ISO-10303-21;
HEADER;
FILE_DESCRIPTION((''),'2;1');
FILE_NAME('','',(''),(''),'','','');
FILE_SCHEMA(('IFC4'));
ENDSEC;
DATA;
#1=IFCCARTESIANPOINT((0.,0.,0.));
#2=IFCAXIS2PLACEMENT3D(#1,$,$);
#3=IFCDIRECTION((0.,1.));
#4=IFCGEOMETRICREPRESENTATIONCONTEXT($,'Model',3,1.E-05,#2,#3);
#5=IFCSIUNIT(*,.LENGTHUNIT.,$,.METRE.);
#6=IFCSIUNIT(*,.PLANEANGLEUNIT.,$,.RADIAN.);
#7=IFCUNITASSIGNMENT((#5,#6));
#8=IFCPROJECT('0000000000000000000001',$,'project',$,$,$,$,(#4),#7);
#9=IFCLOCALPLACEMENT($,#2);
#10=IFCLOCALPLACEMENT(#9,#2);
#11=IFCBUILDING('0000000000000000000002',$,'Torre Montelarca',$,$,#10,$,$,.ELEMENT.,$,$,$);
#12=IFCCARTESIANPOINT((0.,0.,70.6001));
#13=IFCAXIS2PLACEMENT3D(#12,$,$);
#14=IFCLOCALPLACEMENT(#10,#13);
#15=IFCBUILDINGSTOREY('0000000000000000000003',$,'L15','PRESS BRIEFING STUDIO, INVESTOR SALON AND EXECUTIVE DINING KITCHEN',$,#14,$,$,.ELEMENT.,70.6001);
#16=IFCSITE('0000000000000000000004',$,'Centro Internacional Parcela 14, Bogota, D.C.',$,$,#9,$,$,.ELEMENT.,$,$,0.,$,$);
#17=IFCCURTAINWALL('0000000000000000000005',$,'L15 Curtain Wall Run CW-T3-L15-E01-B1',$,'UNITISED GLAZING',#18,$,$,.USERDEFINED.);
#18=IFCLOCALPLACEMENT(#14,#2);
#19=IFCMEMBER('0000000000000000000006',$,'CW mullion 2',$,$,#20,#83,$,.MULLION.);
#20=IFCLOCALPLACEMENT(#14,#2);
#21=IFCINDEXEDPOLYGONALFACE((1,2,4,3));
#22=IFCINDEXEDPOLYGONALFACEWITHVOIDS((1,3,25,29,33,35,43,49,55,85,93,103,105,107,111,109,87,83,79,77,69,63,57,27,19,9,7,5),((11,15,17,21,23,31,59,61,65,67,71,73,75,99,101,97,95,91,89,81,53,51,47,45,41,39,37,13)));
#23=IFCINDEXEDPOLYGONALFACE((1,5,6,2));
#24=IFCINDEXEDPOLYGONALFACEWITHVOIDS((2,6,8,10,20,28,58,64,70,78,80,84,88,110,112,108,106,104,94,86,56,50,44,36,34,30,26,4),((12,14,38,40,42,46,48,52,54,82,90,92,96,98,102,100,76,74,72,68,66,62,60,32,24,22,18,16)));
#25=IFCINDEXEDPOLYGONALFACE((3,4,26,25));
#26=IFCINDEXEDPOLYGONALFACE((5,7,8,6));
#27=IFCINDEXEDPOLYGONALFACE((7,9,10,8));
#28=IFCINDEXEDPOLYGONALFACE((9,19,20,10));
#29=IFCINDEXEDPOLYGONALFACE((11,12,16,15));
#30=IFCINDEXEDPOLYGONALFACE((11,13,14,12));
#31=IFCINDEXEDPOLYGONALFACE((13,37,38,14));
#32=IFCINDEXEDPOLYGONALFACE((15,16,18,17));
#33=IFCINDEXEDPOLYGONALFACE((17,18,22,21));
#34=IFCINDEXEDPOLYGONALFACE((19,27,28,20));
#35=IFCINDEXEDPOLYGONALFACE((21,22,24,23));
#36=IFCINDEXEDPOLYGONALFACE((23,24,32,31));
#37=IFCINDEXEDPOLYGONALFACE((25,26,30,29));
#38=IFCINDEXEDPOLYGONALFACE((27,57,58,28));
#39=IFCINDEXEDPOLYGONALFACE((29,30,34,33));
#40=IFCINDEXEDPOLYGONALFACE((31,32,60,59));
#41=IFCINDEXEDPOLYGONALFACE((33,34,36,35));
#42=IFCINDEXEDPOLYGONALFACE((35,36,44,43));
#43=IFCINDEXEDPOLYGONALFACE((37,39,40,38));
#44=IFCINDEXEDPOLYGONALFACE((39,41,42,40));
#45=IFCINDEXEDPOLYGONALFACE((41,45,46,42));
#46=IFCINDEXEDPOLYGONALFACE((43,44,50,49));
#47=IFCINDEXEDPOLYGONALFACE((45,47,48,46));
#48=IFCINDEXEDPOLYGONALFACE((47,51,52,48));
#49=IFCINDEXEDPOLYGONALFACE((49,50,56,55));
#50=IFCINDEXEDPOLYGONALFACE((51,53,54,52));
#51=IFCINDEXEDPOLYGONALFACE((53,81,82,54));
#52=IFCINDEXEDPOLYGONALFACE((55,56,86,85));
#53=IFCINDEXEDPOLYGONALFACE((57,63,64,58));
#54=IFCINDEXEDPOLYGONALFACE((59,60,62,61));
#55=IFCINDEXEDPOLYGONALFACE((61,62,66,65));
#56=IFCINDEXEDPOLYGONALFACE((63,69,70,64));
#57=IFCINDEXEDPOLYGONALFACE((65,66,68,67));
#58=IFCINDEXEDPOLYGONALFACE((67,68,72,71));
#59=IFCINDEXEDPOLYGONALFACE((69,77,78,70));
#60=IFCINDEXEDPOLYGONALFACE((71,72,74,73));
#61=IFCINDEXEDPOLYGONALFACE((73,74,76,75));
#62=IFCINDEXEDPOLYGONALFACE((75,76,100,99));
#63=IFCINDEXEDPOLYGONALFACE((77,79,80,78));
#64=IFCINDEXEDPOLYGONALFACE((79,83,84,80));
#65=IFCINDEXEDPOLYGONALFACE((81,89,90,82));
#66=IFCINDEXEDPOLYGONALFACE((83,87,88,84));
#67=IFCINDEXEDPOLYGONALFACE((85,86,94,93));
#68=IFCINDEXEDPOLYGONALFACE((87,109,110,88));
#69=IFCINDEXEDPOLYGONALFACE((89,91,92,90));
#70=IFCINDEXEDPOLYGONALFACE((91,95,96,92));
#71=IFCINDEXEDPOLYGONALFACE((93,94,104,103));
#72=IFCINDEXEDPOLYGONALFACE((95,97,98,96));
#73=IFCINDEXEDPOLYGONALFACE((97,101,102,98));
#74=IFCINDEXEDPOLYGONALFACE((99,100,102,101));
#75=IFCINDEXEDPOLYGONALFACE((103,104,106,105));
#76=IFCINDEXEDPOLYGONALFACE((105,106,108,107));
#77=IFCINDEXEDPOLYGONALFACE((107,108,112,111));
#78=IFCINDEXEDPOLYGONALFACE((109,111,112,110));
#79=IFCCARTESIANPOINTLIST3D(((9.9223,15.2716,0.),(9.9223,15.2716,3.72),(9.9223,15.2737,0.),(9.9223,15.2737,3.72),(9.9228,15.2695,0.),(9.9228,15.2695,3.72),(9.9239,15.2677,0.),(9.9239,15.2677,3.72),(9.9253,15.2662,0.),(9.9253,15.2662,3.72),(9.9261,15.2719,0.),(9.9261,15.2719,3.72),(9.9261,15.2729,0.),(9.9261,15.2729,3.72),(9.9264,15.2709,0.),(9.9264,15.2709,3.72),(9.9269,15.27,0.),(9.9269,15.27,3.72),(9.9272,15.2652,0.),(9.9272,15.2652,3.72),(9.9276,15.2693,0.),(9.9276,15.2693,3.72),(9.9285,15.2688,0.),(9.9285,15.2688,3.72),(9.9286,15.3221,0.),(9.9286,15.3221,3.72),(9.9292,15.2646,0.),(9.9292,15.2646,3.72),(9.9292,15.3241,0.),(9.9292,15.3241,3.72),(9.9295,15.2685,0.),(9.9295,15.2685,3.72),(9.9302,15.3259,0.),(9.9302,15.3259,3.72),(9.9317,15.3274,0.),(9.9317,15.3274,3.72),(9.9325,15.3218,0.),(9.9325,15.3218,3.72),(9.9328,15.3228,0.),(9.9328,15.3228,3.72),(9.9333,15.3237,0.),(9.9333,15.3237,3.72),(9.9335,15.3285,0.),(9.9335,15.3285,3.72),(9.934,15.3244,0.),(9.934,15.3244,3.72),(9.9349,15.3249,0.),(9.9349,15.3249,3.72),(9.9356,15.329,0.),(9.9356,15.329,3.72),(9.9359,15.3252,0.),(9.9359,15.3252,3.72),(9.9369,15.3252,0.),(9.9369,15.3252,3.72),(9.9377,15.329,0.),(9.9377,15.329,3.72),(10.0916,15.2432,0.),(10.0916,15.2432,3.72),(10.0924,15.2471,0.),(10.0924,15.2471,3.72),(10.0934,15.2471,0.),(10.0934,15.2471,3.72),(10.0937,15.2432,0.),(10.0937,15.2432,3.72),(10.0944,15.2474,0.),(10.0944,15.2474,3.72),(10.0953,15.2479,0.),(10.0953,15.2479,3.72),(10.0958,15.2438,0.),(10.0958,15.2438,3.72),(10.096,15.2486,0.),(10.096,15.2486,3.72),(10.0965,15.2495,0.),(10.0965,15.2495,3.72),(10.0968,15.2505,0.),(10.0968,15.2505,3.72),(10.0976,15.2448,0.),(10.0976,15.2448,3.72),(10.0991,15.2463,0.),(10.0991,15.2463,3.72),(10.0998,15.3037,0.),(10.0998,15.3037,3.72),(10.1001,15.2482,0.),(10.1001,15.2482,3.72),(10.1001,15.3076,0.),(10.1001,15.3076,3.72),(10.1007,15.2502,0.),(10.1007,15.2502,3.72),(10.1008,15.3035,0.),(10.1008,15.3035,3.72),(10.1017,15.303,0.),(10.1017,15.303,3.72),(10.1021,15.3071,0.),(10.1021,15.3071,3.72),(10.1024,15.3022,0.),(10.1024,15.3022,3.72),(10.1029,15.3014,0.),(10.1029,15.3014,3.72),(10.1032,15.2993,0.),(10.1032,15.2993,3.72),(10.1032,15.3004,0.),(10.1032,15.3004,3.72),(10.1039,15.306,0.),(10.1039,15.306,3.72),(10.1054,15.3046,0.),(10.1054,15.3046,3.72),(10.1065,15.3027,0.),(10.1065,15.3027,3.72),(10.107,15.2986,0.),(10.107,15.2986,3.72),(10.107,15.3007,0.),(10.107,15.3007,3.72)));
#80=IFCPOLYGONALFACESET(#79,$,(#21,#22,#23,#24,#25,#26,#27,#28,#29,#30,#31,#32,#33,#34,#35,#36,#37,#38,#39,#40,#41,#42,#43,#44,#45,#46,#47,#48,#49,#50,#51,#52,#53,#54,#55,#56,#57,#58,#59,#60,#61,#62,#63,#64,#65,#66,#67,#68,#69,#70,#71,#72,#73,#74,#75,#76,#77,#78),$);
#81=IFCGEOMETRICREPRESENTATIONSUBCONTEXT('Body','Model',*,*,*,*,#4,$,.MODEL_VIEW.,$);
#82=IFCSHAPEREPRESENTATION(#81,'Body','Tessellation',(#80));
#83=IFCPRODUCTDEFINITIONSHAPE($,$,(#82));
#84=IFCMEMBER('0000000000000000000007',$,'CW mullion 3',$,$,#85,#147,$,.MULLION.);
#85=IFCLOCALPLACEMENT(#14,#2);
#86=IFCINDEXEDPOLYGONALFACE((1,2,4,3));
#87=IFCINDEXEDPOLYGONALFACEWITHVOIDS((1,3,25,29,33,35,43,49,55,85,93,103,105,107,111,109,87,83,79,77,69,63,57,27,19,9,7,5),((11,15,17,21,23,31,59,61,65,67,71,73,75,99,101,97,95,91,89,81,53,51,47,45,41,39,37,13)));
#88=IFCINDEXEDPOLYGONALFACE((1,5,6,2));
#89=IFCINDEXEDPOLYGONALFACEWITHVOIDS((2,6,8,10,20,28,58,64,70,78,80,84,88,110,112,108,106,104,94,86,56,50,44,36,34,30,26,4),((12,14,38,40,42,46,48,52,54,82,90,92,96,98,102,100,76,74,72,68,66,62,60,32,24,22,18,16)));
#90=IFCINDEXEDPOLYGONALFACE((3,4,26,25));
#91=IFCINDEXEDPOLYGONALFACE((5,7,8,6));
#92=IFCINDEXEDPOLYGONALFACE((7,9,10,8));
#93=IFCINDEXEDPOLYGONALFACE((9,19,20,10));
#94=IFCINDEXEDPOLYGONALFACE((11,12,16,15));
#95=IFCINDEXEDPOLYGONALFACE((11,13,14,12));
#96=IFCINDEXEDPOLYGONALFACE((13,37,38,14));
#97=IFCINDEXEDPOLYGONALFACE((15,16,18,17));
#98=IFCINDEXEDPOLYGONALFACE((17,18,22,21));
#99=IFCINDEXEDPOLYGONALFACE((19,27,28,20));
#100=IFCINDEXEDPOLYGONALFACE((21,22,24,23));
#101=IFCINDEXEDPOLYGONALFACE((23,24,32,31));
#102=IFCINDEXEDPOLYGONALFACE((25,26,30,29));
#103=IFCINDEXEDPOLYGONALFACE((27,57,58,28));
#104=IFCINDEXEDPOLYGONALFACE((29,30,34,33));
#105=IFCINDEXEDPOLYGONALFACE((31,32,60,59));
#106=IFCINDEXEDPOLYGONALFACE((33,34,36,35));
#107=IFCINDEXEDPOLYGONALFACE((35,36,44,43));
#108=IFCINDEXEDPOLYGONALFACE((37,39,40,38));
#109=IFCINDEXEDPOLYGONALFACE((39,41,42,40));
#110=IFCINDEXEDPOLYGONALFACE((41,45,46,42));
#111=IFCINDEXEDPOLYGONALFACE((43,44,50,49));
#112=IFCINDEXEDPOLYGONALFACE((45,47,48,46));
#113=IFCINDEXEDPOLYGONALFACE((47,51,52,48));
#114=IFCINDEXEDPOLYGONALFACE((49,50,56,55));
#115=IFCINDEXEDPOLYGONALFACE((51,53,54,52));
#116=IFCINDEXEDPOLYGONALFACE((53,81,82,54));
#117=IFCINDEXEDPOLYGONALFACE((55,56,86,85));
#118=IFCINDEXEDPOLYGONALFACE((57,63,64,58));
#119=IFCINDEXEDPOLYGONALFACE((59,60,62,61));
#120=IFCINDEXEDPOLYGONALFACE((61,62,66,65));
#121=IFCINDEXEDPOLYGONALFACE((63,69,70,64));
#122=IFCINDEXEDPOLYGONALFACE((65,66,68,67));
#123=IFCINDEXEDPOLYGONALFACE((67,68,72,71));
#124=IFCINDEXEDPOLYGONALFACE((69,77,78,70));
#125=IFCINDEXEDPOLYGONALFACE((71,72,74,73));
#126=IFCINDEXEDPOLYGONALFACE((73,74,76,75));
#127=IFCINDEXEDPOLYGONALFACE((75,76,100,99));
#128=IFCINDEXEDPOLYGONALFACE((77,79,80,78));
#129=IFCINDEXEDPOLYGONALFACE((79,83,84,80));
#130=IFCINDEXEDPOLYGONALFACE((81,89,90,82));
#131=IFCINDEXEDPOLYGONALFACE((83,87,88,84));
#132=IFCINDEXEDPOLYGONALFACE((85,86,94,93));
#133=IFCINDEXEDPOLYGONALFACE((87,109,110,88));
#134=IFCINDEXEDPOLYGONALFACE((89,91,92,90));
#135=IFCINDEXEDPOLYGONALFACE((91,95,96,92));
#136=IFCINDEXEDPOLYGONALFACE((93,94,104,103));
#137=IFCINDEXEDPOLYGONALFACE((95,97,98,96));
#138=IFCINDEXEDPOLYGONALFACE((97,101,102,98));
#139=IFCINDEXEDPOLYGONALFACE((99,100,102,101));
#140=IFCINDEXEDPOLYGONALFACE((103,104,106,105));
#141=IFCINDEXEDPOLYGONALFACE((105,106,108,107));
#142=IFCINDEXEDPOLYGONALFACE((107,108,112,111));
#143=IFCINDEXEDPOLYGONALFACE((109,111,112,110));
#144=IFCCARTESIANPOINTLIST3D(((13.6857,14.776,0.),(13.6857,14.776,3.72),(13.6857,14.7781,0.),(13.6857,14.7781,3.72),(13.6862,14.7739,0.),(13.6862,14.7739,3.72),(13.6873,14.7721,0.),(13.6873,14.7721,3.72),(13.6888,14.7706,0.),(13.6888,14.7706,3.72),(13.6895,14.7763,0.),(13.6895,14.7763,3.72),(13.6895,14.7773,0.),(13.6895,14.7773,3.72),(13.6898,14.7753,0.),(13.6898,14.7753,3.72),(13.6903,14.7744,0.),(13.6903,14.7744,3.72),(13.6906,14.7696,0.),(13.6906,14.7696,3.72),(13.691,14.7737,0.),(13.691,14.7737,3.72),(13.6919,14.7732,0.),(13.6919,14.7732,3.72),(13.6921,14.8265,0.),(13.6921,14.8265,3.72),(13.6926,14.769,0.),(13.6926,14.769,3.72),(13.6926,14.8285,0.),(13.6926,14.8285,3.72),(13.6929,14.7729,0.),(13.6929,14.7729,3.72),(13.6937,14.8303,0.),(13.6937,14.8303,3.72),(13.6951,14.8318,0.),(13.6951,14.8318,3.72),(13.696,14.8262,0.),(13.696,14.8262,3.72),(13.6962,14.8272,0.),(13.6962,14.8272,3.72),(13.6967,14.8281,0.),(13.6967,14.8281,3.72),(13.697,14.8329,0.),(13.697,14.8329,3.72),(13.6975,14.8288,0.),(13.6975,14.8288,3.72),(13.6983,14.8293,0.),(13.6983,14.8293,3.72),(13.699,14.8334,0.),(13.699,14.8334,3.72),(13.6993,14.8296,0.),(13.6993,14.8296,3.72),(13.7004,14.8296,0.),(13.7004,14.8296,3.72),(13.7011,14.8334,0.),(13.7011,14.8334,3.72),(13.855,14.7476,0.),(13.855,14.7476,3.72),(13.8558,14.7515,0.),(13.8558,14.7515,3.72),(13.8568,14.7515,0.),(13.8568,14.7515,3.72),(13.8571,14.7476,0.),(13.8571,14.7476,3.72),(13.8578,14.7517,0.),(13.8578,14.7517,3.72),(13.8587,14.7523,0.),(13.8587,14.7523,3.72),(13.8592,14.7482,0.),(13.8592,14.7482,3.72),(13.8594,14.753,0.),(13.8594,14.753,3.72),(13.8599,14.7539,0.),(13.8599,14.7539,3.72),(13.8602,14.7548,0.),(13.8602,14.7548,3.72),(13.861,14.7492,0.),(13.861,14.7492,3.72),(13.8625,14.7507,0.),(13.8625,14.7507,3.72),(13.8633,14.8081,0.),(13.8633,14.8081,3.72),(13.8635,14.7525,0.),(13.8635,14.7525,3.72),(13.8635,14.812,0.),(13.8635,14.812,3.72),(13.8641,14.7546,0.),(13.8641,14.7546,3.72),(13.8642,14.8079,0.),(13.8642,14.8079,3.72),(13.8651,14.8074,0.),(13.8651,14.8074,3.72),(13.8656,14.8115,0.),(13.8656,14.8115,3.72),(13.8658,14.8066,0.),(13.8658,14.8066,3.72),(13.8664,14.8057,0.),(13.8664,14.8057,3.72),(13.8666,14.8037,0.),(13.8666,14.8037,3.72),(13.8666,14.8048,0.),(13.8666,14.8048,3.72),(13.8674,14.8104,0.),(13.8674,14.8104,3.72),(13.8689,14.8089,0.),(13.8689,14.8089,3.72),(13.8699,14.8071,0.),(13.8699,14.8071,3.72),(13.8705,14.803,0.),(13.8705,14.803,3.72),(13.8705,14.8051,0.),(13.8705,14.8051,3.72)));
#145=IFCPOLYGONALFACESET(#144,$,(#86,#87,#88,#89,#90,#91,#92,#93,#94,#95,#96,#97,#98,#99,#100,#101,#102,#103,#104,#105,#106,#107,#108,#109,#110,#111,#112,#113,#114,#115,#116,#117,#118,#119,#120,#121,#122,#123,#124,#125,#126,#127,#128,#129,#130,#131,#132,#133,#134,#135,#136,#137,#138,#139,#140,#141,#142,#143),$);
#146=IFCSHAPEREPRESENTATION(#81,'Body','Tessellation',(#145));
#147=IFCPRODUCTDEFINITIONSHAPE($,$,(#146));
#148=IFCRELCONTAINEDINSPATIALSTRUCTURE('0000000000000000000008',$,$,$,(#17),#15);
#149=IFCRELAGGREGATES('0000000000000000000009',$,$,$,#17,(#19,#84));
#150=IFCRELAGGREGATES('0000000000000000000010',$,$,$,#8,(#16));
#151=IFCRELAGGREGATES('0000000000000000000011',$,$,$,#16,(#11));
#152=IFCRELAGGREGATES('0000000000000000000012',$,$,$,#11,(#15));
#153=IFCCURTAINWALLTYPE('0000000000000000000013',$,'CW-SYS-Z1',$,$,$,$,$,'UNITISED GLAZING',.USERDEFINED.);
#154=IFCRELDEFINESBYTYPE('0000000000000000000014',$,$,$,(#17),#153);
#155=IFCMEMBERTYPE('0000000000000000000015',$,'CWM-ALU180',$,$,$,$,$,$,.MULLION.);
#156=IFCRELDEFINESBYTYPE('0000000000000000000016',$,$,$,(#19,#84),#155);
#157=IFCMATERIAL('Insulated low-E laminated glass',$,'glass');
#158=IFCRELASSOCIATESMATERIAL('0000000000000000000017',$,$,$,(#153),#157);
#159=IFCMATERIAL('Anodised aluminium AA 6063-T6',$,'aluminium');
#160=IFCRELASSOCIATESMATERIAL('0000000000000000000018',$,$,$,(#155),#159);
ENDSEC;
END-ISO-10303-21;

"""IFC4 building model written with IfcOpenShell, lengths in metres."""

from ifc_helpers import new_model, si_unit, direction, frame, origin, origin_2d, place, context, subcontext, project, spatial, hollow_rectangle, extrude, source, transform, mapped, material, material_profile, profile_set, type_object, element, aggregate, save


model = new_model("IFC4")

# Units and contexts
model_context = context("Model", 3, precision=1e-05, world=origin(), true_north=direction((0.0, 1.0)))
body_context = subcontext(model_context, "Body", "Model", "MODEL_VIEW")
ifc_project = project(units=[si_unit("LENGTHUNIT", "METRE"), si_unit("PLANEANGLEUNIT", "RADIAN")], contexts=[model_context])

# Site, building, storey
site_placement = place(None, origin())
site = spatial("IfcSite", under=ifc_project, at=site_placement, Name="Centro Internacional Parcela 14, Bogota, D.C.", CompositionType="ELEMENT", RefElevation=0.0)
building_placement = place(site_placement, origin())
building = spatial("IfcBuilding", under=site, at=building_placement, Name="Torre Montelarca", CompositionType="ELEMENT")
storey_placement = place(building_placement, frame((0.0, 0.0, 70.6001)))
storey = spatial("IfcBuildingStorey", under=building, at=storey_placement, Name="L15", Description="PRESS BRIEFING STUDIO, INVESTOR SALON AND EXECUTIVE DINING KITCHEN", CompositionType="ELEMENT", Elevation=70.6001)

# Curtain wall, members
ifc_material_1 = material(Name="Insulated low-E laminated glass", Category="glass")
curtain_wall_type = type_object("IfcCurtainWallType", Name="CW-SYS-Z1", ElementType="UNITISED GLAZING", PredefinedType="USERDEFINED", material=ifc_material_1)
curtain_wall_1_placement = place(storey_placement, origin())
curtain_wall_1 = element("IfcCurtainWall", 1, at=curtain_wall_1_placement, inside=storey, type_object=curtain_wall_type, Name="L15 Curtain Wall Run CW-T3-L15-E01-B1", ObjectType="UNITISED GLAZING", PredefinedType="USERDEFINED")
ifc_material_2 = material(Name="Anodised aluminium AA 6063-T6", Category="aluminium")
ifc_material_profile_1 = material_profile(ifc_material_2, hollow_rectangle(XDim=0.0649, YDim=0.1799, WallThickness=0.0039, InnerFilletRadius=0.0039, OuterFilletRadius=0.0081, at=origin_2d()), Name="ALU65X180X4", Category="aluminium")
ifc_profile_set_1 = profile_set([ifc_material_profile_1], Name="Anodised aluminium AA 6063-T6")
member_type_1 = type_object("IfcMemberType", Name="CWM-ALU180", PredefinedType="MULLION", material=ifc_profile_set_1)
shared_shape_1 = source(origin(), body_context, "Body", "SweptSolid", [
    extrude(hollow_rectangle(XDim=0.0649, YDim=0.1799, WallThickness=0.0039, InnerFilletRadius=0.0039, OuterFilletRadius=0.0081, at=origin_2d()), origin(), (0.0, 0.0, 1.0), 3.72),
])
member_1_placement = place(storey_placement, frame((10.0146, 15.2861, 0.0), z_axis=(0.0, 0.0, 1.0), x_axis=(0.130519, 0.991446, 0.0)))
member_1 = element("IfcMember", 2, at=member_1_placement, type_object=member_type_1, Name="CW mullion 2", PredefinedType="MULLION", context=body_context, shape_type="MappedRepresentation", body=[
    mapped(shared_shape_1, transform((0.0, 0.0, 0.0), scale=1.0)),
])
member_2_placement = place(storey_placement, frame((13.7781, 14.7905, 0.0), z_axis=(0.0, 0.0, 1.0), x_axis=(0.130519, 0.991446, 0.0)))
member_2 = element("IfcMember", 3, at=member_2_placement, type_object=member_type_1, Name="CW mullion 3", PredefinedType="MULLION", context=body_context, shape_type="MappedRepresentation", body=[
    mapped(shared_shape_1, transform((0.0, 0.0, 0.0), scale=1.0)),
])

aggregate(curtain_wall_1, [member_1, member_2])

save(model, "model.ifc")
